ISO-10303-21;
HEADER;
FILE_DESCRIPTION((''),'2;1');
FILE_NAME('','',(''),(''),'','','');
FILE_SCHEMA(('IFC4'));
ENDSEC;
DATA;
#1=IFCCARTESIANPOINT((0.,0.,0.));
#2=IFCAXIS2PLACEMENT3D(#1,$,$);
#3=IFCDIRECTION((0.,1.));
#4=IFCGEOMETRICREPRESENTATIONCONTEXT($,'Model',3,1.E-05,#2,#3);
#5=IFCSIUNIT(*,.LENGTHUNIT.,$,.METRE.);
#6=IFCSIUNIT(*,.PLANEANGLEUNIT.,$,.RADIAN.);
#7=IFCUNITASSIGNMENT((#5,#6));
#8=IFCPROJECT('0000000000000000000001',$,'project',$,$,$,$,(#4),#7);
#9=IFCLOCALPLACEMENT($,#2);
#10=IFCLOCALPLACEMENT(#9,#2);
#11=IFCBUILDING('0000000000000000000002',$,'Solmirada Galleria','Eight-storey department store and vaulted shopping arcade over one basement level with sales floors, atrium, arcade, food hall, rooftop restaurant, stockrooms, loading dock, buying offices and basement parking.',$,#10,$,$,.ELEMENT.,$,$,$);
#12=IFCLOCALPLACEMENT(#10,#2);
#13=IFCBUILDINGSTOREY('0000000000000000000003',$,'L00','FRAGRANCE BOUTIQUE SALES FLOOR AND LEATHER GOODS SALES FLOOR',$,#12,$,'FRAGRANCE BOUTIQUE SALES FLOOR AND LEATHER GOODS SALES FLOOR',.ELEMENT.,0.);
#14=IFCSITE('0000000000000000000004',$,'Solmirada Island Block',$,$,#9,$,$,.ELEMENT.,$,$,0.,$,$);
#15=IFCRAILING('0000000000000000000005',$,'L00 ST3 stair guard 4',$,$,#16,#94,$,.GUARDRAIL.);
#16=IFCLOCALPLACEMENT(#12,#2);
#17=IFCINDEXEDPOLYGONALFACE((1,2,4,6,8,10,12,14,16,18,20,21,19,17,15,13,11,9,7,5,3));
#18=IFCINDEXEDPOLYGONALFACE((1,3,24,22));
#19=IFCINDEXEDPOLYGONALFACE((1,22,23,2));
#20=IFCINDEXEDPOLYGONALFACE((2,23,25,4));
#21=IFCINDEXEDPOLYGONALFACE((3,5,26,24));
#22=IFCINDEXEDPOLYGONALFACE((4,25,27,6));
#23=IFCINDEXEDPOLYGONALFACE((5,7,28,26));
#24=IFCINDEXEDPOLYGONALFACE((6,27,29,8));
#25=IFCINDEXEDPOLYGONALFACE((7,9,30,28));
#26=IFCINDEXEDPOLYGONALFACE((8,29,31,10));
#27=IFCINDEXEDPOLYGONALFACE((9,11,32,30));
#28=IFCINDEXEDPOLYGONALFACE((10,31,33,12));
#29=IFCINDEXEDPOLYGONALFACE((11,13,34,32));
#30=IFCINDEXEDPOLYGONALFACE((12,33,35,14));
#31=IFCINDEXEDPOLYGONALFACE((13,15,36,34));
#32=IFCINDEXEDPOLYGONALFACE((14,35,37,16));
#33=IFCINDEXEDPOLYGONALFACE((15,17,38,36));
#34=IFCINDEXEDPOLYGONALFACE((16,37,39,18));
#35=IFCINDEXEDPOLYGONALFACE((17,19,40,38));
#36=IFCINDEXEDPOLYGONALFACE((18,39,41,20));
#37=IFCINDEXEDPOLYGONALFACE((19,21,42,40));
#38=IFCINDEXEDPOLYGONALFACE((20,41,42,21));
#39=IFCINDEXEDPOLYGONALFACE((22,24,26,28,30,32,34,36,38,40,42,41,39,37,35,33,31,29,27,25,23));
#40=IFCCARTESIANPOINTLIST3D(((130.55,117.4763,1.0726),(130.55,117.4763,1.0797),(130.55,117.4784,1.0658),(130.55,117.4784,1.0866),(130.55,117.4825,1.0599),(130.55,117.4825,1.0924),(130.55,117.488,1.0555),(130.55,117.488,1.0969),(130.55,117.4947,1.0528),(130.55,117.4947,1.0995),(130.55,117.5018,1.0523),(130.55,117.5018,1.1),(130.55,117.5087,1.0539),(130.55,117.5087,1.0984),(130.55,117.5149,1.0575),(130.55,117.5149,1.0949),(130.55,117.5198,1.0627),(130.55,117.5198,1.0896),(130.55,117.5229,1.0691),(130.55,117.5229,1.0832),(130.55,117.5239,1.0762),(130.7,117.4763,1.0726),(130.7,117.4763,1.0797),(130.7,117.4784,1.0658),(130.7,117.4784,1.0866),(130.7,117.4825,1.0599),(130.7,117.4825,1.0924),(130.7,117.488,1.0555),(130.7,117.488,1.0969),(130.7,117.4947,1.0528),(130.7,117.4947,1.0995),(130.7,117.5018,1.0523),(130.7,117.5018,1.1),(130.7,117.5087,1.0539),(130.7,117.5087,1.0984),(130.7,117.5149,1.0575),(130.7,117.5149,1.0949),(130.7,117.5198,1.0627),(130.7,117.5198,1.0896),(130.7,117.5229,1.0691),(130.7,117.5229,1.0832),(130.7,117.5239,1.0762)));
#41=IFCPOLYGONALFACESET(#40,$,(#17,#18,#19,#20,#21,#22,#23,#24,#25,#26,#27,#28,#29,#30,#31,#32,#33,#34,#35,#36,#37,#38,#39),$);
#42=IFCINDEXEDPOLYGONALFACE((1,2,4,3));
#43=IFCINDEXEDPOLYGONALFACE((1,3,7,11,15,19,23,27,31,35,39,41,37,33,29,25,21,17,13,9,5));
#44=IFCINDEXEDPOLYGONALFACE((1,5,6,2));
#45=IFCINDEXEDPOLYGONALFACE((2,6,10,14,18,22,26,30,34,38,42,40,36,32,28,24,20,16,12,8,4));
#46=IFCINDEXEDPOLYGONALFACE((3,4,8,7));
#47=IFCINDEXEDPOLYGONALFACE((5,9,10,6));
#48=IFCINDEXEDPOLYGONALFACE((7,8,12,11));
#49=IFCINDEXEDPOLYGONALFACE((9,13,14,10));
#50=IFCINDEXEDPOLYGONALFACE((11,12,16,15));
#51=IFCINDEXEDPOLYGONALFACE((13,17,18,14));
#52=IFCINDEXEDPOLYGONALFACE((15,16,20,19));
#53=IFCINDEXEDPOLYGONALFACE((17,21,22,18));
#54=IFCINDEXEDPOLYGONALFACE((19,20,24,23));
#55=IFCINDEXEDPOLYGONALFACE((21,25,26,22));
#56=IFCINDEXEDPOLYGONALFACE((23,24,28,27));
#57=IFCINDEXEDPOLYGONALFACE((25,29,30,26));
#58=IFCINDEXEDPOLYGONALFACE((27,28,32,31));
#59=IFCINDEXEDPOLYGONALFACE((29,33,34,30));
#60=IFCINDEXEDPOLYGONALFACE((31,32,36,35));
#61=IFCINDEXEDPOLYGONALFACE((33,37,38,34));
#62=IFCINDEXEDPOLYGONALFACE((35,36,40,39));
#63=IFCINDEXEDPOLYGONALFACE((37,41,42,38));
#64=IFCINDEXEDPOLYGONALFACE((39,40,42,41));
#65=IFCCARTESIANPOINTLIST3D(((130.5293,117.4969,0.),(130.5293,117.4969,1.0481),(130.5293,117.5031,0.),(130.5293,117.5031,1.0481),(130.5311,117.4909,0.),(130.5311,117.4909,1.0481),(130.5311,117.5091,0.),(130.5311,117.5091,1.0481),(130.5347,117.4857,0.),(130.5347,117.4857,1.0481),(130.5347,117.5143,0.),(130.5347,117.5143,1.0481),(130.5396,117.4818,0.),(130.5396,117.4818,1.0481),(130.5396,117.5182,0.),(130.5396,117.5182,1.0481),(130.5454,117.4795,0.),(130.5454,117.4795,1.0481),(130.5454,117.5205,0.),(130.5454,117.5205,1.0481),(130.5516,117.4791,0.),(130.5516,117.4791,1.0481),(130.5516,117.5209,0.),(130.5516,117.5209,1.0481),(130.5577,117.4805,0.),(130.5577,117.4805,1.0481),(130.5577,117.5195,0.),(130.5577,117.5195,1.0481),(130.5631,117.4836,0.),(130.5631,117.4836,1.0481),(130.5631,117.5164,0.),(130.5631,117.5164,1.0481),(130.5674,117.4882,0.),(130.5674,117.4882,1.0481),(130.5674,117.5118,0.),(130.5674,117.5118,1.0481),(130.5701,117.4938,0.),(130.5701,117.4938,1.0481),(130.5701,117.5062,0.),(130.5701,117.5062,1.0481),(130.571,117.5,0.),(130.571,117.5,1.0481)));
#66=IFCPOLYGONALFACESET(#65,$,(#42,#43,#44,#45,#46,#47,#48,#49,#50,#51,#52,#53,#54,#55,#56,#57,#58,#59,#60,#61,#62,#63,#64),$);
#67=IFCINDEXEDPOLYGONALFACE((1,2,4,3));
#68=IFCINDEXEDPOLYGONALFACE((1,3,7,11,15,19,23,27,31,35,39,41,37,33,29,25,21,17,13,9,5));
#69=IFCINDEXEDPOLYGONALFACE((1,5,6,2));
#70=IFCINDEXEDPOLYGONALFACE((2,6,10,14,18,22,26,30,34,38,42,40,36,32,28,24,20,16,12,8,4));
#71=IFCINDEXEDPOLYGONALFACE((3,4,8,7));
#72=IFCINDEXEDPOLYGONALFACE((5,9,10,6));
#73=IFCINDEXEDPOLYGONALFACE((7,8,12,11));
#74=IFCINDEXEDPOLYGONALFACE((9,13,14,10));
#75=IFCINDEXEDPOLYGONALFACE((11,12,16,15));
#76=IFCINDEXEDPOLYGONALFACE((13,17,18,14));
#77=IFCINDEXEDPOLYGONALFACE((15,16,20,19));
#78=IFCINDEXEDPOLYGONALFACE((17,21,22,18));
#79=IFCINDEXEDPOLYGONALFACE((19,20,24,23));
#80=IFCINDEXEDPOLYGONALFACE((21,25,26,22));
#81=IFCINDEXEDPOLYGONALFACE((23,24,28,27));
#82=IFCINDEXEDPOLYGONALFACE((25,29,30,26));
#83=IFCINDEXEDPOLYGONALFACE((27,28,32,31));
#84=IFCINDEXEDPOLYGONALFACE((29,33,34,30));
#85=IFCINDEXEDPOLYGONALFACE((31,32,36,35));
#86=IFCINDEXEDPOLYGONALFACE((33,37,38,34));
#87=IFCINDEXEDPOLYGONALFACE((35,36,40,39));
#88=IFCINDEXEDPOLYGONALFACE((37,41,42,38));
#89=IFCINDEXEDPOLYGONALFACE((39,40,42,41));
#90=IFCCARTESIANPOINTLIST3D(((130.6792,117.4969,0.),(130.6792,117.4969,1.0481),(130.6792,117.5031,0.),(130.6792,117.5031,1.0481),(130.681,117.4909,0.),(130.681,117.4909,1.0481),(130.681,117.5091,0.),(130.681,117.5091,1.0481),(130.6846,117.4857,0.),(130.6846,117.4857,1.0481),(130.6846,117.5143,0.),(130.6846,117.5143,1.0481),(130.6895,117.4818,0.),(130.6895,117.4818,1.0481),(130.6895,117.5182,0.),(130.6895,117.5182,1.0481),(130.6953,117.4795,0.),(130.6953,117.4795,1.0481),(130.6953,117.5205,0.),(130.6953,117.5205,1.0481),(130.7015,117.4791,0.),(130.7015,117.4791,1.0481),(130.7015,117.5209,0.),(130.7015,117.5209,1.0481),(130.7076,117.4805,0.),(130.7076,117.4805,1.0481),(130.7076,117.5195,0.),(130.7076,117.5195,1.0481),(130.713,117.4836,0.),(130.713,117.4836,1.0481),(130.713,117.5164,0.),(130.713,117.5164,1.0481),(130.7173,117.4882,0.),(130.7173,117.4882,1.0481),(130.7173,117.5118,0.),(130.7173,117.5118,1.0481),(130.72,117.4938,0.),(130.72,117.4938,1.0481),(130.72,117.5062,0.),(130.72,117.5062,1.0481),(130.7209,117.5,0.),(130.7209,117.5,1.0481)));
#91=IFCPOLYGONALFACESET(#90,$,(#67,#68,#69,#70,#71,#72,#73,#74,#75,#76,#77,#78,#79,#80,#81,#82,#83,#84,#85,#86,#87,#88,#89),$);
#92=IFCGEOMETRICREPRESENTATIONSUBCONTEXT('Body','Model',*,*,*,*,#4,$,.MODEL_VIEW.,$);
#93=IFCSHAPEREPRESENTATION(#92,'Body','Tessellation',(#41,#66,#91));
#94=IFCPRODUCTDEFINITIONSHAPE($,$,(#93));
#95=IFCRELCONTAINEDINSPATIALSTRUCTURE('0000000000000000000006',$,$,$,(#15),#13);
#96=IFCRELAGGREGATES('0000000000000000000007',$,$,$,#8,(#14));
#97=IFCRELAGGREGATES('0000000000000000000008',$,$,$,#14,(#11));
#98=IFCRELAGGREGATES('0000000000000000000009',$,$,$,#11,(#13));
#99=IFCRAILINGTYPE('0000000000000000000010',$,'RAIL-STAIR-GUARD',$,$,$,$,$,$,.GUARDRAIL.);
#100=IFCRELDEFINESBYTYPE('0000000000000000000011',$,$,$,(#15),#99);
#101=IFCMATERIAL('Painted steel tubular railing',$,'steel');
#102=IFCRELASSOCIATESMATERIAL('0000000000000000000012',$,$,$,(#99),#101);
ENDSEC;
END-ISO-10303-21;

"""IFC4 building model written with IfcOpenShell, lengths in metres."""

from ifc_helpers import new_model, si_unit, direction, frame, origin, origin_2d, place, context, subcontext, project, spatial, circle, extrude, material, type_object, element, save


model = new_model("IFC4")

# Units and contexts
model_context = context("Model", 3, precision=1e-05, world=origin(), true_north=direction((0.0, 1.0)))
body_context = subcontext(model_context, "Body", "Model", "MODEL_VIEW")
ifc_project = project(units=[si_unit("LENGTHUNIT", "METRE"), si_unit("PLANEANGLEUNIT", "RADIAN")], contexts=[model_context])

# Site, building, storey
site_placement = place(None, origin())
site = spatial("IfcSite", under=ifc_project, at=site_placement, Name="Solmirada Island Block", CompositionType="ELEMENT", RefElevation=0.0)
building_placement = place(site_placement, origin())
building = spatial("IfcBuilding", under=site, at=building_placement, Name="Solmirada Galleria", Description="Eight-storey department store and vaulted shopping arcade over one basement level with sales floors, atrium, arcade, food hall, rooftop restaurant, stockrooms, loading dock, buying offices and basement parking.", CompositionType="ELEMENT")
storey_placement = place(building_placement, origin())
storey = spatial("IfcBuildingStorey", under=building, at=storey_placement, Name="L00", Description="FRAGRANCE BOUTIQUE SALES FLOOR AND LEATHER GOODS SALES FLOOR", LongName="FRAGRANCE BOUTIQUE SALES FLOOR AND LEATHER GOODS SALES FLOOR", CompositionType="ELEMENT", Elevation=0.0)

# Railing
ifc_material_1 = material(Name="Painted steel tubular railing", Category="steel")
railing_type_1 = type_object("IfcRailingType", Name="RAIL-STAIR-GUARD", PredefinedType="GUARDRAIL", material=ifc_material_1)
railing_1_placement = place(storey_placement, frame((130.55, 117.5, 0.0)))
element("IfcRailing", 1, at=railing_1_placement, inside=storey, type_object=railing_type_1, Name="L00 ST3 stair guard 4", PredefinedType="GUARDRAIL", context=body_context, shape_type="SweptSolid", body=[
    extrude(circle(Radius=0.0239, at=origin_2d()), frame((0.0, 0.0, 1.0762), z_axis=(1.0, 0.0, 0.0), x_axis=(0.0, 1.0, 0.0)), (0.0, 0.0, 1.0), 0.1499),
    extrude(circle(Radius=0.021, at=origin_2d()), origin(), (0.0, 0.0, 1.0), 1.0481),
    extrude(circle(Radius=0.021, at=origin_2d()), frame((0.1499, 0.0, 0.0)), (0.0, 0.0, 1.0), 1.0481),
])

save(model, "model.ifc")
